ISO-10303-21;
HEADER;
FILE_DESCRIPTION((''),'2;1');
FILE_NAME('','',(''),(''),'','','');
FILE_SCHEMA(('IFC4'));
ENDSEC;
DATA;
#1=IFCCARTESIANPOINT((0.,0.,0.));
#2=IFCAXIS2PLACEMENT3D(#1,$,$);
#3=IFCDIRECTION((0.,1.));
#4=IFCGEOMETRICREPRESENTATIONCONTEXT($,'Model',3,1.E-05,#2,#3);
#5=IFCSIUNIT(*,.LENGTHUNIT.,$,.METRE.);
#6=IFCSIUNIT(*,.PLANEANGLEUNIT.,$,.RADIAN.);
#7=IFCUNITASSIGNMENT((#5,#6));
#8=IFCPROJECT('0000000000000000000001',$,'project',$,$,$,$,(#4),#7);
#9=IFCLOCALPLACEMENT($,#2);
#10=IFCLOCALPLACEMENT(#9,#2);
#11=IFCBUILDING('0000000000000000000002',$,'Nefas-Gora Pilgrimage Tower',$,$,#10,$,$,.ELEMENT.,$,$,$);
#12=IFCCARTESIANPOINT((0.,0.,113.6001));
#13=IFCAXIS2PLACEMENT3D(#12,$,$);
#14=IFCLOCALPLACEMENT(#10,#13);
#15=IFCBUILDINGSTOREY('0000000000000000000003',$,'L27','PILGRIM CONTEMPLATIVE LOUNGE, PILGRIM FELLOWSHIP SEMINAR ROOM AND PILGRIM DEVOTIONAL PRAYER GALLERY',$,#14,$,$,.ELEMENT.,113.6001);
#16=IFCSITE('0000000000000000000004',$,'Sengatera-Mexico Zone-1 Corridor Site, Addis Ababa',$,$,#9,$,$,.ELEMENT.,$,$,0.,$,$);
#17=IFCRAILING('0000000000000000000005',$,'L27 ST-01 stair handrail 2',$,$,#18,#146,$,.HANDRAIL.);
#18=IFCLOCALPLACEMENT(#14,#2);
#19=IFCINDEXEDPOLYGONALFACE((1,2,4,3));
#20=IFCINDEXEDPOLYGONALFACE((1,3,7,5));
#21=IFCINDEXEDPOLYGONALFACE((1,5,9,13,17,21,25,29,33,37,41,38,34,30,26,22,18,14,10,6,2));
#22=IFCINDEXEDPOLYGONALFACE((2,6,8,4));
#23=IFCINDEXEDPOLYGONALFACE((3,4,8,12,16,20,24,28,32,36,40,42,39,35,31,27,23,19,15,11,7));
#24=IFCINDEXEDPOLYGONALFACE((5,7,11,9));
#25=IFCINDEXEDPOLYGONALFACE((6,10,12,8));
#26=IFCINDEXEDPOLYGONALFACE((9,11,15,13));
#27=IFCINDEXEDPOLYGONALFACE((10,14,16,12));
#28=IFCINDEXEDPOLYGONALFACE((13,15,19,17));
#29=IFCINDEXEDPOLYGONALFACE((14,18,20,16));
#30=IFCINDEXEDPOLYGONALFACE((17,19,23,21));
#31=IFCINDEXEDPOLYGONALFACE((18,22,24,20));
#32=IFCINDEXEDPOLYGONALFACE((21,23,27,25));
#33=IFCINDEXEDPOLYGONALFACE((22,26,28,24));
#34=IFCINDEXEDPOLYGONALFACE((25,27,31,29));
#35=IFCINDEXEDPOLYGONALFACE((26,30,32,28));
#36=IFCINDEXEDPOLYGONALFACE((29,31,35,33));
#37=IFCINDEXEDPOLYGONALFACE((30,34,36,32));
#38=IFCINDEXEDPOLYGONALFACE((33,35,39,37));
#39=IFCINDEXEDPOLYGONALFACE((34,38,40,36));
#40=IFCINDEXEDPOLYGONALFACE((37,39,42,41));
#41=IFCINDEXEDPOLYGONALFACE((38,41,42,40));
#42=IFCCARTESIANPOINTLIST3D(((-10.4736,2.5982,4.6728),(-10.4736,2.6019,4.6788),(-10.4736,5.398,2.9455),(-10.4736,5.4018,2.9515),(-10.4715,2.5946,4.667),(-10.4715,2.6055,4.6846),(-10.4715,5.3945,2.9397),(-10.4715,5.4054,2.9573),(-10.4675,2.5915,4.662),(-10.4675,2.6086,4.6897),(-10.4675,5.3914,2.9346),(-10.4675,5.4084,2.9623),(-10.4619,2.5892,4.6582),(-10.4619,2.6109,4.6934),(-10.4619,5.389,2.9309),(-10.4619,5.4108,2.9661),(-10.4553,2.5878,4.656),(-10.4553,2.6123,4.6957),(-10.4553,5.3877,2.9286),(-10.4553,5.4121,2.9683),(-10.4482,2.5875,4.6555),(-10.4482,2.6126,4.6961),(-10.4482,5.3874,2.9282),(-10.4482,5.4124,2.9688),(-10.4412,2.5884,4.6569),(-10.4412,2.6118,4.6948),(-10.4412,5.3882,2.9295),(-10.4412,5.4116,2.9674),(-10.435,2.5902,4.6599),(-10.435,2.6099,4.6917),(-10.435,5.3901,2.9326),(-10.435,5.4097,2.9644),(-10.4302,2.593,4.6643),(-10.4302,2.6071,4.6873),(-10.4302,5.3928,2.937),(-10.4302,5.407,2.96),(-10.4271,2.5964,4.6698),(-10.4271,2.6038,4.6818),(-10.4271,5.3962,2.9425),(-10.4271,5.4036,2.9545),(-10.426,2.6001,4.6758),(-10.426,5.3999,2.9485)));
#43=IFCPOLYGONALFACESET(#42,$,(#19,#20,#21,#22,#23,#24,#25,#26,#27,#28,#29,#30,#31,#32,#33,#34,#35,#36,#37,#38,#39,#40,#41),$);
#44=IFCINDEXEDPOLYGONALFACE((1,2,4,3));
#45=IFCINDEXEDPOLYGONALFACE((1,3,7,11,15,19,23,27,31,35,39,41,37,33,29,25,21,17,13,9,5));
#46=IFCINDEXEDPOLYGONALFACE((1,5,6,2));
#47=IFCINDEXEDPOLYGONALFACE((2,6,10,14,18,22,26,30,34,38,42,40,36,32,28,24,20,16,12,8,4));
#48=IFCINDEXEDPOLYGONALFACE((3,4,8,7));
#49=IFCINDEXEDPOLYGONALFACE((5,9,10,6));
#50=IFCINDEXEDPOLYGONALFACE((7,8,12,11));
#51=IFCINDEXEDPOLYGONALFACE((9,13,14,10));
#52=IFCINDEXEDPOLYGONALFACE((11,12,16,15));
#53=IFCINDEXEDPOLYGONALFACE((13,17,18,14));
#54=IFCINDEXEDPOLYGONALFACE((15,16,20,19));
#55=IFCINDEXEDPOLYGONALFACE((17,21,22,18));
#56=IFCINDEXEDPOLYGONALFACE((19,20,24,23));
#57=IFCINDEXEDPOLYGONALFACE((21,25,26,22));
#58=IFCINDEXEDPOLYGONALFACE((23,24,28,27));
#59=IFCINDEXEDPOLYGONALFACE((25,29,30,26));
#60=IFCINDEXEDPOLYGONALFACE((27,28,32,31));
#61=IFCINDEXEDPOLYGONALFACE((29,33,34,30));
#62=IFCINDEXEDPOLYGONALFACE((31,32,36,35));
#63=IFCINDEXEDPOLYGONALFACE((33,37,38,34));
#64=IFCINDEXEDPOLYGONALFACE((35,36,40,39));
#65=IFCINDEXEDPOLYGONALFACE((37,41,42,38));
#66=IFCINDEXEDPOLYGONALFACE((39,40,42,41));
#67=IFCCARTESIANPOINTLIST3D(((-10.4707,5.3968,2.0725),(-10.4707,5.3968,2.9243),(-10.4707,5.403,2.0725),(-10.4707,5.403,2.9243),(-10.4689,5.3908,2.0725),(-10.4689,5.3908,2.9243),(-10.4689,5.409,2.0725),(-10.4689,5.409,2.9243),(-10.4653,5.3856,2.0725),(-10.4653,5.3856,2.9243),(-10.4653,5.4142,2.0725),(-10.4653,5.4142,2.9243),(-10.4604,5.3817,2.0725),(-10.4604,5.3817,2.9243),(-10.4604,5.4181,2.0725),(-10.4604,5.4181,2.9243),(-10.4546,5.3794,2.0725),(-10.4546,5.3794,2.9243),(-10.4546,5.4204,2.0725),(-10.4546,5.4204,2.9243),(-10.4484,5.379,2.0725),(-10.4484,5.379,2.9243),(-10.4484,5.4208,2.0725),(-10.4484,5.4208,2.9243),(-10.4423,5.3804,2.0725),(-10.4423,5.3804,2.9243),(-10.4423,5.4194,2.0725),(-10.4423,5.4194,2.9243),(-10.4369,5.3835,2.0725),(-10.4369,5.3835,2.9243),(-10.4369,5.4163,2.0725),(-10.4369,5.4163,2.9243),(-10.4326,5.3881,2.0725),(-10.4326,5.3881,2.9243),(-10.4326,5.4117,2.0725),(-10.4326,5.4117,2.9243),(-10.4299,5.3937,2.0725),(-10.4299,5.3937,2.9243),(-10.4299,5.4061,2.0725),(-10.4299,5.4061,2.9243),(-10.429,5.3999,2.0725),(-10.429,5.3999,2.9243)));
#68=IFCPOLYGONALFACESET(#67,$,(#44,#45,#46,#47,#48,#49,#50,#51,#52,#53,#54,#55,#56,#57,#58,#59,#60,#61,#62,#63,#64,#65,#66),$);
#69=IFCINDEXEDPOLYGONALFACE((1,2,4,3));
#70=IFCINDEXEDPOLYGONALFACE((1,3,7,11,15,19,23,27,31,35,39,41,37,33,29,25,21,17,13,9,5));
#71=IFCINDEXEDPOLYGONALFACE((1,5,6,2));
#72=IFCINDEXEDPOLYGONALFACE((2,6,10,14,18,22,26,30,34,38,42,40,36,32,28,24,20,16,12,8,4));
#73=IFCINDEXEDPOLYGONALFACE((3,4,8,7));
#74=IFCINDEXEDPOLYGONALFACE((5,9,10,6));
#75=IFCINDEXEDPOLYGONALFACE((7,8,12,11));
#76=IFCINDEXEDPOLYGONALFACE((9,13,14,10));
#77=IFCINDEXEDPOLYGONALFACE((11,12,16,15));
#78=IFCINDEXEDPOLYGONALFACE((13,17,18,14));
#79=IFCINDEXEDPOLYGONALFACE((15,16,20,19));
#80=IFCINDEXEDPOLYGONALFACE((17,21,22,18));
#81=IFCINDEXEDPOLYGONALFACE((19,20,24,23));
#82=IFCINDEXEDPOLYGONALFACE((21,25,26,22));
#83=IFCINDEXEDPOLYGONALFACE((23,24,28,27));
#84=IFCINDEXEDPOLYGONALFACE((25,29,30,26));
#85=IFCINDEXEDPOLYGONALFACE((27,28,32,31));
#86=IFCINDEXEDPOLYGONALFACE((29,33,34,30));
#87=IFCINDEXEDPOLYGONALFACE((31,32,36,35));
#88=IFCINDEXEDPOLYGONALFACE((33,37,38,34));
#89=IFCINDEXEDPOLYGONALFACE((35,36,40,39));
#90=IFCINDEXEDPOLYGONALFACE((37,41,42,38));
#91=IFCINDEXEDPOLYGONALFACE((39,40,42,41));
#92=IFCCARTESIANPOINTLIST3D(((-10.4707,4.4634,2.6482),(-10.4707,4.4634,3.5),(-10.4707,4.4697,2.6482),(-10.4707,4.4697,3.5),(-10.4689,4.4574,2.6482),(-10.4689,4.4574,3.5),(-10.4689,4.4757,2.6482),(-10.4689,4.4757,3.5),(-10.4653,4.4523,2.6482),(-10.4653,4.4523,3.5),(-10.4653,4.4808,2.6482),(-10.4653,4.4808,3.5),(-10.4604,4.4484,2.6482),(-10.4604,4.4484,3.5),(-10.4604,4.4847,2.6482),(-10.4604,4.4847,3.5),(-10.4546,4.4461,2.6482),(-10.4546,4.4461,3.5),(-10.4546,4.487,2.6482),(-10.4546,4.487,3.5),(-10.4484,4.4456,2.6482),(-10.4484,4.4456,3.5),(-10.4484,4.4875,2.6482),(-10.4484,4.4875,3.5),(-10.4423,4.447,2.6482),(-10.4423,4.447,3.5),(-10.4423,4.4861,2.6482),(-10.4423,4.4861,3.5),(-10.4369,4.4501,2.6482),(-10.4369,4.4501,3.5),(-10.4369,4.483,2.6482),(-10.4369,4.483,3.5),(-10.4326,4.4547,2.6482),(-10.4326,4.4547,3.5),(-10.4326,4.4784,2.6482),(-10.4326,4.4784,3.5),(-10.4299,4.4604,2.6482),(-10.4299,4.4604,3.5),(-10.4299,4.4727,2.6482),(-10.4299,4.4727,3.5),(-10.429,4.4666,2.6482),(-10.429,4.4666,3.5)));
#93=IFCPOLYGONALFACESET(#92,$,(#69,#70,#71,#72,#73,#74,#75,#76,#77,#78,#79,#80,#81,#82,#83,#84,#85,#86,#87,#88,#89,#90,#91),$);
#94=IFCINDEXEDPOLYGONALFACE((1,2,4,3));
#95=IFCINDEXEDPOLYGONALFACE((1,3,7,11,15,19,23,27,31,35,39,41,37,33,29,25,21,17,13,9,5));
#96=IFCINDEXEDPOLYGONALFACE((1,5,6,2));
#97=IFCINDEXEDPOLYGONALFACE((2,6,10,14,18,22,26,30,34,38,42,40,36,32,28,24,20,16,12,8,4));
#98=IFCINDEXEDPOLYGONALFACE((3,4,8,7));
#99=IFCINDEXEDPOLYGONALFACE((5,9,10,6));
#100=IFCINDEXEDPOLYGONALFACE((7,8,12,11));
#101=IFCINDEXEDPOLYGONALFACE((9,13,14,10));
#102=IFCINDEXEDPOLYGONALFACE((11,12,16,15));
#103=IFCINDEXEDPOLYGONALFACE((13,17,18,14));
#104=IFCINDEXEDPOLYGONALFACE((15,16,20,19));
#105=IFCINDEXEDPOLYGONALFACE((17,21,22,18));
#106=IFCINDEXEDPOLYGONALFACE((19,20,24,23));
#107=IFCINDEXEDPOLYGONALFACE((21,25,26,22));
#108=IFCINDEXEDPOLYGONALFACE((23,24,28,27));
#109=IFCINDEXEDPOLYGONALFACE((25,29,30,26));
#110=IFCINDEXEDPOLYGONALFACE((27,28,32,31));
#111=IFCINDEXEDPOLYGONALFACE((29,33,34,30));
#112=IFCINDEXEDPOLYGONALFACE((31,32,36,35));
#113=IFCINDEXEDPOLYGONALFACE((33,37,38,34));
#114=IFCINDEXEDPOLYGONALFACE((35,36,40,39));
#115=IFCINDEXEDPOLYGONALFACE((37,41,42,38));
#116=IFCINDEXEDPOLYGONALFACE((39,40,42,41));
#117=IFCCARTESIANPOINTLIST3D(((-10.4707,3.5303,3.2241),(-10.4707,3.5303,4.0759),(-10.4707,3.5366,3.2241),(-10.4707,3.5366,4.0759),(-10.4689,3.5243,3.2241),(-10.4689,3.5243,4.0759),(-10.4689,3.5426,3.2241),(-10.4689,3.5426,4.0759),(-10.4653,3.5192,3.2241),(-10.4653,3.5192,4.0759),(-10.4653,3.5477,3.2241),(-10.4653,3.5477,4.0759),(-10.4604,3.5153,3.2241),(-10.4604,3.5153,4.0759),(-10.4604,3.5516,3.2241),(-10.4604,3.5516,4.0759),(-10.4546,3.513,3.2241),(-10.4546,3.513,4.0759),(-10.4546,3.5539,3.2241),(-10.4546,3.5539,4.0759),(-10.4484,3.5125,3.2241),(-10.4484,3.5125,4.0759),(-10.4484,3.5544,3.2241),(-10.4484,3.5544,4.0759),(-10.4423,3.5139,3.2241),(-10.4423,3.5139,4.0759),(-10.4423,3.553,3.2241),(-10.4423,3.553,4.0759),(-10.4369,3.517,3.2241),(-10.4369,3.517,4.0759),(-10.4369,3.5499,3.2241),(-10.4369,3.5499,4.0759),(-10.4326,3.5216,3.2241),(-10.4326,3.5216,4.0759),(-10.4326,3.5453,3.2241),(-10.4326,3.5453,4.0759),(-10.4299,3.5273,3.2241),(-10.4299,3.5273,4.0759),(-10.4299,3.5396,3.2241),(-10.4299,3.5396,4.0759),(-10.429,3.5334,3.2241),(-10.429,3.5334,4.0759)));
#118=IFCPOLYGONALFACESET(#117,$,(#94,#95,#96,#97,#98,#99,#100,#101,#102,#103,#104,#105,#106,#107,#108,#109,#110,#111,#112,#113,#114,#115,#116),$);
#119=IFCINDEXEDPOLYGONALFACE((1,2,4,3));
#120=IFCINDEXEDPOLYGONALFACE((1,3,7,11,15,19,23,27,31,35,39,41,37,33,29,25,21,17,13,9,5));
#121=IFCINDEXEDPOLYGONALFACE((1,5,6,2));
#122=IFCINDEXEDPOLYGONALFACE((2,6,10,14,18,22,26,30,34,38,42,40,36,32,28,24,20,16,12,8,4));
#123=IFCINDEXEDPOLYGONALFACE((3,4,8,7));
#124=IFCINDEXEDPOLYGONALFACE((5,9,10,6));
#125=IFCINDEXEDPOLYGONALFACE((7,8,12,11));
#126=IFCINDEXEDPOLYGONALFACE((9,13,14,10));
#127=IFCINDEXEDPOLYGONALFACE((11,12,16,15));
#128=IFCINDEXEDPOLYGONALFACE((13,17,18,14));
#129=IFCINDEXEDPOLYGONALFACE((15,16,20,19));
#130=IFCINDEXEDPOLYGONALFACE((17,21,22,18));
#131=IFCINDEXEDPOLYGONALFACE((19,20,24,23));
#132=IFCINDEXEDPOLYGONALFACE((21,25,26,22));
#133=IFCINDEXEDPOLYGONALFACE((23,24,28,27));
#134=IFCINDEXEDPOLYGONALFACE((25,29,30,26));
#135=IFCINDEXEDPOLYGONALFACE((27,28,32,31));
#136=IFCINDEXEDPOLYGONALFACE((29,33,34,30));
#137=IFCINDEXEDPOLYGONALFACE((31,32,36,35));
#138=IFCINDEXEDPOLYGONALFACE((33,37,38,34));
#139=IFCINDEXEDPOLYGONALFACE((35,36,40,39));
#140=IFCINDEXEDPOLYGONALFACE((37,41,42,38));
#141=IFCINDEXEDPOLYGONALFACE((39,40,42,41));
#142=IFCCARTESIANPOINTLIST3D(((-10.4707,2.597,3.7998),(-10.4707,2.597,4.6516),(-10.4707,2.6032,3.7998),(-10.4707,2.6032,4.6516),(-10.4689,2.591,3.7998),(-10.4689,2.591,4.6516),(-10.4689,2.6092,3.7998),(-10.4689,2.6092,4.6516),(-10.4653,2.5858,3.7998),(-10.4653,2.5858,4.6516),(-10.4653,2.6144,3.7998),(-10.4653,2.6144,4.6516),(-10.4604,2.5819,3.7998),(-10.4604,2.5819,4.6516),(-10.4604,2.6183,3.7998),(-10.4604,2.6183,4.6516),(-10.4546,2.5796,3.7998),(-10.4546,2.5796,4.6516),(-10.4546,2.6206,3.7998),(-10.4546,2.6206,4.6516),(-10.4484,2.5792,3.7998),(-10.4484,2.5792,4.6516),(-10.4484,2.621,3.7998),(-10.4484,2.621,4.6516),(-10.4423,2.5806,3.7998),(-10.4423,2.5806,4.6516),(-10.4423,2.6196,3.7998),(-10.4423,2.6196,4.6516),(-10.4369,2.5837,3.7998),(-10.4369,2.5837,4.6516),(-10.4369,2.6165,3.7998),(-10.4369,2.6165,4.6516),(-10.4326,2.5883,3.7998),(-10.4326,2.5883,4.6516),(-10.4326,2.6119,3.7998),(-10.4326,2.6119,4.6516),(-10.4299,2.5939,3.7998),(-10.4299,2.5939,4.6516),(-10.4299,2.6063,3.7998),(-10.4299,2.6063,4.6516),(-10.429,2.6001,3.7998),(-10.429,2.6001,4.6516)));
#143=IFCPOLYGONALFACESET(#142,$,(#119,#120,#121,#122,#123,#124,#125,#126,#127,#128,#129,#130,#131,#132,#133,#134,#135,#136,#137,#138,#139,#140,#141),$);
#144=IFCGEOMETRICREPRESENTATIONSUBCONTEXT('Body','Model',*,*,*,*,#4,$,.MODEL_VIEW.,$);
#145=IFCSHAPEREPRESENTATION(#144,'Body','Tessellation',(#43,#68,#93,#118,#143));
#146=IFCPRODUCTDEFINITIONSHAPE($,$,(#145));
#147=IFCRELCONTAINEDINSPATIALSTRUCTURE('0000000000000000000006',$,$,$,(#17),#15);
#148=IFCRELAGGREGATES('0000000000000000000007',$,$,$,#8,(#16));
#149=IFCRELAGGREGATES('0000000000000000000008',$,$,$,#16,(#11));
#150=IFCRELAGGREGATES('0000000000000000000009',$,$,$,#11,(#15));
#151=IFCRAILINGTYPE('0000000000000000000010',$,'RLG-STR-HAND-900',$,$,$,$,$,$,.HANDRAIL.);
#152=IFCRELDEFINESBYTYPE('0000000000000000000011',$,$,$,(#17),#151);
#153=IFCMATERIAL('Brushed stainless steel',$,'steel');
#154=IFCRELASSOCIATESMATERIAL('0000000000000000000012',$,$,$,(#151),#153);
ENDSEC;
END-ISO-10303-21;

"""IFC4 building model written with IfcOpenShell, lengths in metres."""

from ifc_helpers import new_model, si_unit, direction, frame, origin, origin_2d, place, context, subcontext, project, spatial, circle, extrude, material, type_object, element, save


model = new_model("IFC4")

# Units and contexts
model_context = context("Model", 3, precision=1e-05, world=origin(), true_north=direction((0.0, 1.0)))
body_context = subcontext(model_context, "Body", "Model", "MODEL_VIEW")
ifc_project = project(units=[si_unit("LENGTHUNIT", "METRE"), si_unit("PLANEANGLEUNIT", "RADIAN")], contexts=[model_context])

# Site, building, storey
site_placement = place(None, origin())
site = spatial("IfcSite", under=ifc_project, at=site_placement, Name="Sengatera-Mexico Zone-1 Corridor Site, Addis Ababa", CompositionType="ELEMENT", RefElevation=0.0)
building_placement = place(site_placement, origin())
building = spatial("IfcBuilding", under=site, at=building_placement, Name="Nefas-Gora Pilgrimage Tower", CompositionType="ELEMENT")
storey_placement = place(building_placement, frame((0.0, 0.0, 113.6001)))
storey = spatial("IfcBuildingStorey", under=building, at=storey_placement, Name="L27", Description="PILGRIM CONTEMPLATIVE LOUNGE, PILGRIM FELLOWSHIP SEMINAR ROOM AND PILGRIM DEVOTIONAL PRAYER GALLERY", CompositionType="ELEMENT", Elevation=113.6001)

# Railing
ifc_material_1 = material(Name="Brushed stainless steel", Category="steel")
railing_type_1 = type_object("IfcRailingType", Name="RLG-STR-HAND-900", PredefinedType="HANDRAIL", material=ifc_material_1)
railing_1_placement = place(storey_placement, frame((-10.45, 5.3999, 2.0725)))
element("IfcRailing", 1, at=railing_1_placement, inside=storey, type_object=railing_type_1, Name="L27 ST-01 stair handrail 2", PredefinedType="HANDRAIL", context=body_context, shape_type="SweptSolid", body=[
    extrude(circle(Radius=0.0239, at=origin_2d()), frame((0.0, 0.0, 0.876), z_axis=(0.0, -0.851069, 0.525054), x_axis=(1.0, 0.0, 0.0)), (0.0, 0.0, 1.0), 3.2898),
    extrude(circle(Radius=0.021, at=origin_2d()), origin(), (0.0, 0.0, 1.0), 0.8518),
    extrude(circle(Radius=0.021, at=origin_2d()), frame((0.0, -0.9333, 0.5757)), (0.0, 0.0, 1.0), 0.8518),
    extrude(circle(Radius=0.021, at=origin_2d()), frame((0.0, -1.8665, 1.1516)), (0.0, 0.0, 1.0), 0.8518),
    extrude(circle(Radius=0.021, at=origin_2d()), frame((0.0, -2.7998, 1.7273)), (0.0, 0.0, 1.0), 0.8518),
])

save(model, "model.ifc")
